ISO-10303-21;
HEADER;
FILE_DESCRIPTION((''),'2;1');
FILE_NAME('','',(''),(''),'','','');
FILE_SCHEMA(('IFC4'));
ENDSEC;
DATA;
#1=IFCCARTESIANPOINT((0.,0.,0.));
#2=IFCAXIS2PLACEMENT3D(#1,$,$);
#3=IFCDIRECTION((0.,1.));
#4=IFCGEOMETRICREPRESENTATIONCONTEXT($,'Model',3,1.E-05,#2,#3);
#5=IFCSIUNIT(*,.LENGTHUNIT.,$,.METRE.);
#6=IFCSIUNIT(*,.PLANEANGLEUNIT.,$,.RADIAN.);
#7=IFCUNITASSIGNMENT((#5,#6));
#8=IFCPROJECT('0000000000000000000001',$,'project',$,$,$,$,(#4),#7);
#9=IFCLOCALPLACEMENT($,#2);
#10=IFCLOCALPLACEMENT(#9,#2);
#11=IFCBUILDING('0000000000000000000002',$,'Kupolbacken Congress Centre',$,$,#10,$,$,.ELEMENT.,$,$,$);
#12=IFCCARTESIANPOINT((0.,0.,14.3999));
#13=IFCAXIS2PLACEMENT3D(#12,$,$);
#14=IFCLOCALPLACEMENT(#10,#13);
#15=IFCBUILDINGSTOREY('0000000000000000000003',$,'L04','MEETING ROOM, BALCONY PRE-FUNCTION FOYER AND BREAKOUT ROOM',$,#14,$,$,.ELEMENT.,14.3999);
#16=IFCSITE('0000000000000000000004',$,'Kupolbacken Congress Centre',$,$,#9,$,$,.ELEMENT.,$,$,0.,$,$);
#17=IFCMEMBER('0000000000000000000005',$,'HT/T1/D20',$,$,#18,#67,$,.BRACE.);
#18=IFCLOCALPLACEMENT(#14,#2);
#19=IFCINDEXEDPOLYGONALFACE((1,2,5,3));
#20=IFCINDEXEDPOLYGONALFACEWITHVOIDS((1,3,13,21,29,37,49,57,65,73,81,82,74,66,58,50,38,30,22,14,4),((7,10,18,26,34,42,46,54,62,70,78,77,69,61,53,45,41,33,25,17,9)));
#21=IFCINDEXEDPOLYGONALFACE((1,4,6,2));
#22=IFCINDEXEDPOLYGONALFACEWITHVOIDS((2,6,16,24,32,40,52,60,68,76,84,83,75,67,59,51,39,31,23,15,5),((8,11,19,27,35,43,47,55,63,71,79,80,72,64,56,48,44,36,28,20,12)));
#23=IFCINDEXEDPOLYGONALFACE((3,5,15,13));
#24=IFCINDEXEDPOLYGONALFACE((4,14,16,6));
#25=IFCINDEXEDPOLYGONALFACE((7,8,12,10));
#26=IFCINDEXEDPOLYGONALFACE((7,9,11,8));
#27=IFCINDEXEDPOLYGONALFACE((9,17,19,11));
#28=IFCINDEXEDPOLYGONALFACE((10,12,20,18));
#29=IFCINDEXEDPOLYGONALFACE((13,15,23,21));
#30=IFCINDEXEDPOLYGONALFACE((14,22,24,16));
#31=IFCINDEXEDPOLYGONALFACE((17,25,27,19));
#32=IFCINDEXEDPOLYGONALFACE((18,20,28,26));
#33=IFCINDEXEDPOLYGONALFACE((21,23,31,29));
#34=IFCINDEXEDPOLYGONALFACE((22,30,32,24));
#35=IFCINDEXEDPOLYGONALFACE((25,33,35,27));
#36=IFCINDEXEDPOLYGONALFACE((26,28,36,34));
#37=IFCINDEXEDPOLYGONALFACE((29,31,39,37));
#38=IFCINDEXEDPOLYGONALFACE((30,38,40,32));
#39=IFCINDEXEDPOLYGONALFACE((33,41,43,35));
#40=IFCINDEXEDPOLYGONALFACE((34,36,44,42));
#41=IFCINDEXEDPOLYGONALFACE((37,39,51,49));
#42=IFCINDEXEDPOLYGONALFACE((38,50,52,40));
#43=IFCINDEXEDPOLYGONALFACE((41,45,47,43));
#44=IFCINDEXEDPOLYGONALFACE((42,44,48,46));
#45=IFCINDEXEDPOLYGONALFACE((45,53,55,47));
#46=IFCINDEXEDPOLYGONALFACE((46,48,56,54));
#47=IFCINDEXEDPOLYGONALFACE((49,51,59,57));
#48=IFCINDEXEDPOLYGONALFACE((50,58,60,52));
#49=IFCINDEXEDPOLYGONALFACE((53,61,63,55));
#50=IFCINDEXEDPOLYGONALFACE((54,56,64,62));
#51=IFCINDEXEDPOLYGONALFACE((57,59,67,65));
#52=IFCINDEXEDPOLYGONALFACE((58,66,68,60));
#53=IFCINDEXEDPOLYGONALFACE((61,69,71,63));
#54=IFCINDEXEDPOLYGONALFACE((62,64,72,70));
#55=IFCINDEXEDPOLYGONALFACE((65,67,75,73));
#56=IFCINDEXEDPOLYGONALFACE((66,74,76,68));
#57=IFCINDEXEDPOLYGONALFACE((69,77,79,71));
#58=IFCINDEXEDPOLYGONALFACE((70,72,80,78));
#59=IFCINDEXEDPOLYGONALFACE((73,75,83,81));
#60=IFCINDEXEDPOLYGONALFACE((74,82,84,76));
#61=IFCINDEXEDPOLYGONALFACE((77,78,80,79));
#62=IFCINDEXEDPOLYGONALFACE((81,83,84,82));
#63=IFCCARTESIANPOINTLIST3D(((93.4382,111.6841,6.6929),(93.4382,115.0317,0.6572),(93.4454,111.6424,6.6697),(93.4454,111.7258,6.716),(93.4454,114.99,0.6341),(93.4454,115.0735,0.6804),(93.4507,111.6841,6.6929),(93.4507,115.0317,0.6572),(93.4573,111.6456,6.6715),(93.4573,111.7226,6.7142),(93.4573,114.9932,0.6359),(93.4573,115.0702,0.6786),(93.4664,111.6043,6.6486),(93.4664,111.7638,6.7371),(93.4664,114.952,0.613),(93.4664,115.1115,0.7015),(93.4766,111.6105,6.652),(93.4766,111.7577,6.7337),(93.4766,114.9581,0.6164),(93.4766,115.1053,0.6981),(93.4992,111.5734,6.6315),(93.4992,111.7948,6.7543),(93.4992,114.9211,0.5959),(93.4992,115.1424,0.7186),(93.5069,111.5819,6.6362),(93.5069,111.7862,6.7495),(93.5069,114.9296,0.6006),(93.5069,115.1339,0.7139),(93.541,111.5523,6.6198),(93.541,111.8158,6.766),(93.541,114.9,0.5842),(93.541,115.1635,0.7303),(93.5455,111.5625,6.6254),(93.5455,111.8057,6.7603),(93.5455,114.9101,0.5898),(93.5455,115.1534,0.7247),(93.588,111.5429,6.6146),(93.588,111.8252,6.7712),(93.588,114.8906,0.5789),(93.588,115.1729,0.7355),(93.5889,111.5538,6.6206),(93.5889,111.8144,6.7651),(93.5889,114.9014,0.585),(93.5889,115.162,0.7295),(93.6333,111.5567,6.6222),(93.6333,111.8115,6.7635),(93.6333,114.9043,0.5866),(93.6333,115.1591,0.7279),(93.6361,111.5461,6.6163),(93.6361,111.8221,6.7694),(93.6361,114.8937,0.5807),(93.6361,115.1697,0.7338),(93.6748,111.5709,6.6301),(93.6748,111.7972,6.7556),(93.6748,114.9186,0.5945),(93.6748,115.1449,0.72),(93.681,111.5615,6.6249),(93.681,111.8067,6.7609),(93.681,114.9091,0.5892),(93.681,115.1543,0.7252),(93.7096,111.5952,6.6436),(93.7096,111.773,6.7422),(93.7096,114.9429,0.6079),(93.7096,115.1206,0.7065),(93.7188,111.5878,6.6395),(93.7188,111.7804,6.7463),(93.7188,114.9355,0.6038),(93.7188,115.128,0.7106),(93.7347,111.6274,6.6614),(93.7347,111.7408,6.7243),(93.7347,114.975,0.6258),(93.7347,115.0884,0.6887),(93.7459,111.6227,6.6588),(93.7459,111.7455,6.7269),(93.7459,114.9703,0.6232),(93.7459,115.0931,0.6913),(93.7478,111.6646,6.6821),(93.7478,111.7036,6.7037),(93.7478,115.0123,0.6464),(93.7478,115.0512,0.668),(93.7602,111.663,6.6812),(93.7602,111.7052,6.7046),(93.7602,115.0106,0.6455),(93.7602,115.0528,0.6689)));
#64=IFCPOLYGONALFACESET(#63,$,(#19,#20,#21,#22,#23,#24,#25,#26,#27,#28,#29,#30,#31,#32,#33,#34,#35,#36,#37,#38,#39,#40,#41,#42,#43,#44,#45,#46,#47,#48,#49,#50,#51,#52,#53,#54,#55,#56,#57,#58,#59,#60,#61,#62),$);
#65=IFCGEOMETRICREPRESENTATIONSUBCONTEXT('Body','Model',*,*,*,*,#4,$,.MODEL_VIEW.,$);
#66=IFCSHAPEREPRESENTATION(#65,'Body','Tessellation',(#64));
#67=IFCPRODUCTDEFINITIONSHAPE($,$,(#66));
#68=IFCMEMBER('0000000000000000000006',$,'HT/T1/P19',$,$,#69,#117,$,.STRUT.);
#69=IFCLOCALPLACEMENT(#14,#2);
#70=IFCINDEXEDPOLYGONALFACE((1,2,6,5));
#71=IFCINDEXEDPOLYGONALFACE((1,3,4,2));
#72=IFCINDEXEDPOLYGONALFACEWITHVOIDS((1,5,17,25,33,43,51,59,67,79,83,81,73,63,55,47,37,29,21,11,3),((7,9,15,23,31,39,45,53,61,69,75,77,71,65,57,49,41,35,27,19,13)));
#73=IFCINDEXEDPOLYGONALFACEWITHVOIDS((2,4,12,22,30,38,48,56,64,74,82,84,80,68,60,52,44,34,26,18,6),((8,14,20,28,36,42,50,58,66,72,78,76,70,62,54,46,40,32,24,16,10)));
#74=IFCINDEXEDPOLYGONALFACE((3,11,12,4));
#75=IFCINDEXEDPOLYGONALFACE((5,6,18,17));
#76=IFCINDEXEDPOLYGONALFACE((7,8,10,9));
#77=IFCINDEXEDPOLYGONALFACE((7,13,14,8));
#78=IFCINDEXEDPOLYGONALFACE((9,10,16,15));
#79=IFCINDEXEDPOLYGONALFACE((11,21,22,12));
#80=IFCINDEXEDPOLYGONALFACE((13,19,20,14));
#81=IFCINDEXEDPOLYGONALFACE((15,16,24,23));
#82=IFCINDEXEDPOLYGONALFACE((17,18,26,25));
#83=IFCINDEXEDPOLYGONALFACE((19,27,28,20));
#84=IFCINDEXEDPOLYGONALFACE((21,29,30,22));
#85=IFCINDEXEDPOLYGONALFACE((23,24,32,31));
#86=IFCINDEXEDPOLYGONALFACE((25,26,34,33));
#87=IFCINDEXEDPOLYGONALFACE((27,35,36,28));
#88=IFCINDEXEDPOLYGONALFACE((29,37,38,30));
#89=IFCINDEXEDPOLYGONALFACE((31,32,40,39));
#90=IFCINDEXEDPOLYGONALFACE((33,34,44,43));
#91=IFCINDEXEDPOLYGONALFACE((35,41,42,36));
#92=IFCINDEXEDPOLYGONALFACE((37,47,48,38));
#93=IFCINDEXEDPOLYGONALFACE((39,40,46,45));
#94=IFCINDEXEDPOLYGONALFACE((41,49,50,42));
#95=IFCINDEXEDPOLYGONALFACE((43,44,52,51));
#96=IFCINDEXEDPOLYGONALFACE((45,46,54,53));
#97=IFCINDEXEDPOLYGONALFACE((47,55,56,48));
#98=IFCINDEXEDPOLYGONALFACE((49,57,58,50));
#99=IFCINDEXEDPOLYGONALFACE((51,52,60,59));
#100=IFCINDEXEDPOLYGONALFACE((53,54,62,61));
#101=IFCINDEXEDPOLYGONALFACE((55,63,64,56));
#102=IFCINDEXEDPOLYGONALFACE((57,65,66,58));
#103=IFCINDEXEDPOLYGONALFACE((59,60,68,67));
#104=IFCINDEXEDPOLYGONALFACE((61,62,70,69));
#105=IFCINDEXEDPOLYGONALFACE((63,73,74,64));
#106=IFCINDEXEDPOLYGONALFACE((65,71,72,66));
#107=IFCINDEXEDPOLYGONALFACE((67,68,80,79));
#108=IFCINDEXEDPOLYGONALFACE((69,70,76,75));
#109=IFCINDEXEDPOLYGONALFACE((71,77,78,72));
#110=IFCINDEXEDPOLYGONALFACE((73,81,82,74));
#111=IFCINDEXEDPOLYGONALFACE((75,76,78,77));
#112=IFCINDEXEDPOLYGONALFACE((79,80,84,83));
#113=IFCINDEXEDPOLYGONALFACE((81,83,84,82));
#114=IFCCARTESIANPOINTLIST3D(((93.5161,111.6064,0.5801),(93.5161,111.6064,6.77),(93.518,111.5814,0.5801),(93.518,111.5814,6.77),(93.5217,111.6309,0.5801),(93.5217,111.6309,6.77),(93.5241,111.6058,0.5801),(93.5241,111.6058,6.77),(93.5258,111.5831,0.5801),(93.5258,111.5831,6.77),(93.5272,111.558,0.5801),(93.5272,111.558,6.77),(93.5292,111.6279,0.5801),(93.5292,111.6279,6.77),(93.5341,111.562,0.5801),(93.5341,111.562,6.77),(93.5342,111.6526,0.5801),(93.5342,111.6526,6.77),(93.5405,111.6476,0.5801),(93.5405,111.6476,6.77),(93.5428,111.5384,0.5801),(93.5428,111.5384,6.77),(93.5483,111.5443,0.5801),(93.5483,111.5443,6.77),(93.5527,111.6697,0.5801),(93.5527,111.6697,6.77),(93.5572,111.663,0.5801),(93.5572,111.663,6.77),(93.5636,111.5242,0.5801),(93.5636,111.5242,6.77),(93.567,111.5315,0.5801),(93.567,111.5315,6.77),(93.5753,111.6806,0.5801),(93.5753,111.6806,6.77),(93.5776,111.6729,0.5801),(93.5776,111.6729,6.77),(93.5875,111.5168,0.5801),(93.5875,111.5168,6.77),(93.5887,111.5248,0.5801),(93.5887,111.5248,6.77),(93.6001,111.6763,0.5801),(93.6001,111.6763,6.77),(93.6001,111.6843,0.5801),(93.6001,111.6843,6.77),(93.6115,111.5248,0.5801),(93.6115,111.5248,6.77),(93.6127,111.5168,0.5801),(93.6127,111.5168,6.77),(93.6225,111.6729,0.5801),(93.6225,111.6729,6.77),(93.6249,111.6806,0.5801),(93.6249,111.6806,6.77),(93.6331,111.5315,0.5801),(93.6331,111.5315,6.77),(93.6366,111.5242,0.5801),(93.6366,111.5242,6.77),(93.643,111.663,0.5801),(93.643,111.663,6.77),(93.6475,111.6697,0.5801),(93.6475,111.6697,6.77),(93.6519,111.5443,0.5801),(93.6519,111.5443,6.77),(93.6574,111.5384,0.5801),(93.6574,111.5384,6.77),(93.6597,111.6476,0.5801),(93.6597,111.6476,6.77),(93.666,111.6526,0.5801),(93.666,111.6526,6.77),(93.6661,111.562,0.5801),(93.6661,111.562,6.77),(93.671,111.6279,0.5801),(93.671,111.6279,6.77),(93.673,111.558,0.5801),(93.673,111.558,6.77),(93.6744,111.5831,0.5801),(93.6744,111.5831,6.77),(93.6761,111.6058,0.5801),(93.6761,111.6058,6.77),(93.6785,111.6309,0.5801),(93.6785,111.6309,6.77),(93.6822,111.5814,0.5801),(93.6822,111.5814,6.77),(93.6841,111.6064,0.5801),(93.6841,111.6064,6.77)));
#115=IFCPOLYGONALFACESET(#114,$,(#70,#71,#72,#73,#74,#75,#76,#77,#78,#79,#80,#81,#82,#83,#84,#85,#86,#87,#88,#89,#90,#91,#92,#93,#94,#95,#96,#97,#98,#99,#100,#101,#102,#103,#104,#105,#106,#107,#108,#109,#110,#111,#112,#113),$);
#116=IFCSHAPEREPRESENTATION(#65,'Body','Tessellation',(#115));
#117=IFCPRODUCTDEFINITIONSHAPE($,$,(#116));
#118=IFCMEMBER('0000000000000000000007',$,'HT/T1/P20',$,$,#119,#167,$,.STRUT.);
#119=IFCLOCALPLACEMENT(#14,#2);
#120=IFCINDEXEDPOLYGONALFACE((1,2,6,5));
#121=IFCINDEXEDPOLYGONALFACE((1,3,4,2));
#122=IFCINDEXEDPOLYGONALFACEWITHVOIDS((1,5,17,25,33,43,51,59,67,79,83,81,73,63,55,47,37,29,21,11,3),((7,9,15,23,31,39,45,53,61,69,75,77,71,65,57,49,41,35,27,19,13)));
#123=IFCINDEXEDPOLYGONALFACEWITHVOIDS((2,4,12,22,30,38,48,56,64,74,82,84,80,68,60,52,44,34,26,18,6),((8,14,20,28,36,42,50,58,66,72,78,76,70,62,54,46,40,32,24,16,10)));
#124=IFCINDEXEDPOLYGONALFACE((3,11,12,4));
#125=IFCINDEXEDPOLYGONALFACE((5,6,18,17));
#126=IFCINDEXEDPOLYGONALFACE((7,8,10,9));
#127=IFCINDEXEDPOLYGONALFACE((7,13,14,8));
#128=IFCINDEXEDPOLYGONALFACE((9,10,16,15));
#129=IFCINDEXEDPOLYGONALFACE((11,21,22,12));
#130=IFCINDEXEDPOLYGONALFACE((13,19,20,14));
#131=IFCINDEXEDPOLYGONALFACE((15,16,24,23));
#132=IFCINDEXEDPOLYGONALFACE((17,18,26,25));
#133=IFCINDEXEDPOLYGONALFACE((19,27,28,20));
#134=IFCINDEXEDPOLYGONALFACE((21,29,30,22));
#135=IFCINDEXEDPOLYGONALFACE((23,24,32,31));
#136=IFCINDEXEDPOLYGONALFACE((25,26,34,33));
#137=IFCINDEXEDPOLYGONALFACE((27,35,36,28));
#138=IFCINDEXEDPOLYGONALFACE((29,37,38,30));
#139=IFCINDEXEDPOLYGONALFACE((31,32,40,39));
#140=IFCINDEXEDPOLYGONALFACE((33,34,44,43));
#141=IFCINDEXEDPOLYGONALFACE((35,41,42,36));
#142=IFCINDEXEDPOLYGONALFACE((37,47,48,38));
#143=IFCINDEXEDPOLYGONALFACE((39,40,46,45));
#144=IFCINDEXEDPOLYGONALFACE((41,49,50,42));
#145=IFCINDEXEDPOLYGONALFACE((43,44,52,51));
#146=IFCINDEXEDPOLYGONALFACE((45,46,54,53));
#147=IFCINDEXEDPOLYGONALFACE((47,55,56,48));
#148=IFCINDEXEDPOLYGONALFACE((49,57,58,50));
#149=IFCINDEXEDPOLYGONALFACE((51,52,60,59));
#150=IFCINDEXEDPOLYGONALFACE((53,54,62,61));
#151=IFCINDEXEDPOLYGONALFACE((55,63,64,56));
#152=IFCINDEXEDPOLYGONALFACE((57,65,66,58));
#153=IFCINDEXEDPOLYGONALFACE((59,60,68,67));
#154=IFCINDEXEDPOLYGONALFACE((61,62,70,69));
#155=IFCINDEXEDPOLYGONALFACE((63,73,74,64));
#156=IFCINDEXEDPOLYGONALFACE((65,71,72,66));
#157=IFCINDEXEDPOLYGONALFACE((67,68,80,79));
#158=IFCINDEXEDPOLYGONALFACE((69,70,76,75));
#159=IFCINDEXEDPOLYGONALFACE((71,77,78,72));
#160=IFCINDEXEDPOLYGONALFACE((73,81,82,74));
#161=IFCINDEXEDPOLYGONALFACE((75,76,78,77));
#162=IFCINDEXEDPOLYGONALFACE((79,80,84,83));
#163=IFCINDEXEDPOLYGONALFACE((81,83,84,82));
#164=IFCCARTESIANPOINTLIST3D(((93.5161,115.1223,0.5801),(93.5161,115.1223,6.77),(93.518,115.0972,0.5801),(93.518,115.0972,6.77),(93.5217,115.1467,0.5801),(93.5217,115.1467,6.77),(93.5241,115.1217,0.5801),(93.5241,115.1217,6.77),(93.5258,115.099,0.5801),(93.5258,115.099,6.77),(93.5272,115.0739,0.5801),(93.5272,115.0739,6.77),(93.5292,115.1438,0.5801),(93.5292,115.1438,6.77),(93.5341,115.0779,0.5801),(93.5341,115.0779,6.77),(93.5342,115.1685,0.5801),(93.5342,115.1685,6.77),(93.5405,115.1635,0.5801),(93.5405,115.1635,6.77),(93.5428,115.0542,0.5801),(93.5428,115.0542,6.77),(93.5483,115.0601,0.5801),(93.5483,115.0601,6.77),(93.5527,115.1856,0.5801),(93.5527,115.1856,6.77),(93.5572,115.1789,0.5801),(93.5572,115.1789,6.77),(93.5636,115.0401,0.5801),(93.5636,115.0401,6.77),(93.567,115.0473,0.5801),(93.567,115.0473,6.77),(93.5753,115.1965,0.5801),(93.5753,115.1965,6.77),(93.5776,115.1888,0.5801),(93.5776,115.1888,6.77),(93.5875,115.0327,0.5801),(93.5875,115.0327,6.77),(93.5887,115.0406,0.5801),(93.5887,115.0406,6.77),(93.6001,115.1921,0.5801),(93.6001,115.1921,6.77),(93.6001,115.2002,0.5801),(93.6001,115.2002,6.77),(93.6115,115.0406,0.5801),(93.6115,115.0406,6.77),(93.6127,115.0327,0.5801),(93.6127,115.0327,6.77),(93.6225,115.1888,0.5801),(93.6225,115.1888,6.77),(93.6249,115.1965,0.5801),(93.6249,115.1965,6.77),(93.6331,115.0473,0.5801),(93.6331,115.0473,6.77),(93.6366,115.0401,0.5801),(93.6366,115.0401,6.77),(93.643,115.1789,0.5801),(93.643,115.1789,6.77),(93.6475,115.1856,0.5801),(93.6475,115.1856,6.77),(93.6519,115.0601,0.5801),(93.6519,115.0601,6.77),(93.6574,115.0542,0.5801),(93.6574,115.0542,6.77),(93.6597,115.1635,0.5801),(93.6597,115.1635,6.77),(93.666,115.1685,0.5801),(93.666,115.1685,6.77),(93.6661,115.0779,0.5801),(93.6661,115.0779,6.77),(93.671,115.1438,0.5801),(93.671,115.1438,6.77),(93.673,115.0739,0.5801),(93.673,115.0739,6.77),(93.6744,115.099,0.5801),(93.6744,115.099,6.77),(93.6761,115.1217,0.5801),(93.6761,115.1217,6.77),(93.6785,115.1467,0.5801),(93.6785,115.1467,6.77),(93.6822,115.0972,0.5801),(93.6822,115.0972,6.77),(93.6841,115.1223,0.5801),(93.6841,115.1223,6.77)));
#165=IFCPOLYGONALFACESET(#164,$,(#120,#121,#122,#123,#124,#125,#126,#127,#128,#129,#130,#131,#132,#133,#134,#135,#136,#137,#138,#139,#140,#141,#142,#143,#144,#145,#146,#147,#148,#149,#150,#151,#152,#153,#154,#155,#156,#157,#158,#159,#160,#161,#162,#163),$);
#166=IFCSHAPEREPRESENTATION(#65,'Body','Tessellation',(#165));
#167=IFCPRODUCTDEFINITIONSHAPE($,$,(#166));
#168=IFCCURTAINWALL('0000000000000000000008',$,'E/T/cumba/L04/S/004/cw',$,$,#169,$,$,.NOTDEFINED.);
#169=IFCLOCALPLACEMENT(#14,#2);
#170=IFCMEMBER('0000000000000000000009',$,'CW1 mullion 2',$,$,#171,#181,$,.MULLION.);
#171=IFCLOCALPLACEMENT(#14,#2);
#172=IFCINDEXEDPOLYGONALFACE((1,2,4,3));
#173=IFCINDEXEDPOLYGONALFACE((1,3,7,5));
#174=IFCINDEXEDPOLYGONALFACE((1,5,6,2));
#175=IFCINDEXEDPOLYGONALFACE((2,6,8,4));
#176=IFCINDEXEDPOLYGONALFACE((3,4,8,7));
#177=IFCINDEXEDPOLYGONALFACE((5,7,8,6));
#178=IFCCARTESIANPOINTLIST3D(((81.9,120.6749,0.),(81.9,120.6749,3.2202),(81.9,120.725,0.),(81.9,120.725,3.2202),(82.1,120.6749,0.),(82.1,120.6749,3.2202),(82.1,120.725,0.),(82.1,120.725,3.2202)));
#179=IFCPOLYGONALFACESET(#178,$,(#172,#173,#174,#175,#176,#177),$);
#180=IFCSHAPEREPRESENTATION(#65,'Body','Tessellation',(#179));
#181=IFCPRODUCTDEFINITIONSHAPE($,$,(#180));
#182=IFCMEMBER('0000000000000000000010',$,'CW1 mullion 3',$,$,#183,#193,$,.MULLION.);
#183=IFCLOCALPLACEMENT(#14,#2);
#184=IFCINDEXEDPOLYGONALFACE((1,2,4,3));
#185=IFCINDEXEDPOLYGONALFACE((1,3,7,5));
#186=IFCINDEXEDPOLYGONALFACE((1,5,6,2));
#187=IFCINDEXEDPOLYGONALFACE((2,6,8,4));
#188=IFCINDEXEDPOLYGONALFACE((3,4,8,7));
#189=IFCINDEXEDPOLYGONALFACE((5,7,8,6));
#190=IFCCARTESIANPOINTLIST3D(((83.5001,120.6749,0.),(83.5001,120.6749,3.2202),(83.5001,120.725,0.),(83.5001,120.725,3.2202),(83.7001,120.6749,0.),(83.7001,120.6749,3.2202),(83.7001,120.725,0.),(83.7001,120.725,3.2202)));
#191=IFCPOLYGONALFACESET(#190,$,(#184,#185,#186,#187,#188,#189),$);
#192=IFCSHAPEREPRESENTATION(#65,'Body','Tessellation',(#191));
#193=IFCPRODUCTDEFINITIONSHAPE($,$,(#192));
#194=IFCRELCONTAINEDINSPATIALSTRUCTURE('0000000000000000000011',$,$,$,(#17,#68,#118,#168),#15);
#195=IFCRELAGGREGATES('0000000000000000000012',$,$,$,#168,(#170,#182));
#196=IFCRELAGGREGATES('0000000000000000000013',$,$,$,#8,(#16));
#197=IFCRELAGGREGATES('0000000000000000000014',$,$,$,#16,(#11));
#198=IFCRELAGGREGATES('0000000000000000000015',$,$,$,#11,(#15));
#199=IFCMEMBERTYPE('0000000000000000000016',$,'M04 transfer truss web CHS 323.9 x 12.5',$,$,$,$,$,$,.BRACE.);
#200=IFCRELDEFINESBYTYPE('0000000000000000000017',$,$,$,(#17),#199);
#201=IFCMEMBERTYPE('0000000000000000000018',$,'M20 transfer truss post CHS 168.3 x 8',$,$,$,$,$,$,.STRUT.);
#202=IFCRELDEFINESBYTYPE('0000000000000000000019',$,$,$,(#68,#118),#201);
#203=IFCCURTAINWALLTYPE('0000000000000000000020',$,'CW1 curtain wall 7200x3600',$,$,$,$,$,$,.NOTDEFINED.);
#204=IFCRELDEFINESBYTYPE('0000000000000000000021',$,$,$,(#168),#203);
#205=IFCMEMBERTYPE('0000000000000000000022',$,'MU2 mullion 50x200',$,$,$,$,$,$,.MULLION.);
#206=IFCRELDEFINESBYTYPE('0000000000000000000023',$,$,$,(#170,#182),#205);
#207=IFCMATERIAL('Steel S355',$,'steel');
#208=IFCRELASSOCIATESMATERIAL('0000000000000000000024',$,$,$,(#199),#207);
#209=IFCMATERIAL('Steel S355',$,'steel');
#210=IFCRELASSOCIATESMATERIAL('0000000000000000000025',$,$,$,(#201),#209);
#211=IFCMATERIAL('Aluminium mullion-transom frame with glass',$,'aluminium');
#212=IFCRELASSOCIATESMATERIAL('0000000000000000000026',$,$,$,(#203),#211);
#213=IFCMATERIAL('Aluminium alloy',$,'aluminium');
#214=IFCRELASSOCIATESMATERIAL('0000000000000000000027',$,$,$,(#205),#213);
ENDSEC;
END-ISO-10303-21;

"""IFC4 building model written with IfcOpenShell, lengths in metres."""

from ifc_helpers import new_model, si_unit, direction, frame, origin, origin_2d, place, context, subcontext, project, spatial, rectangle, hollow_circle, extrude, material, material_profile, profile_set, type_object, element, aggregate, save


model = new_model("IFC4")

# Units and contexts
model_context = context("Model", 3, precision=1e-05, world=origin(), true_north=direction((0.0, 1.0)))
body_context = subcontext(model_context, "Body", "Model", "MODEL_VIEW")
ifc_project = project(units=[si_unit("LENGTHUNIT", "METRE"), si_unit("PLANEANGLEUNIT", "RADIAN")], contexts=[model_context])

# Site, building, storey
site_placement = place(None, origin())
site = spatial("IfcSite", under=ifc_project, at=site_placement, Name="Kupolbacken Congress Centre", CompositionType="ELEMENT", RefElevation=0.0)
building_placement = place(site_placement, origin())
building = spatial("IfcBuilding", under=site, at=building_placement, Name="Kupolbacken Congress Centre", CompositionType="ELEMENT")
storey_placement = place(building_placement, frame((0.0, 0.0, 14.3999)))
storey = spatial("IfcBuildingStorey", under=building, at=storey_placement, Name="L04", Description="MEETING ROOM, BALCONY PRE-FUNCTION FOYER AND BREAKOUT ROOM", CompositionType="ELEMENT", Elevation=14.3999)

# Members
ifc_material_1 = material(Name="Steel S355", Category="steel")
ifc_material_profile_1 = material_profile(ifc_material_1, hollow_circle(Radius=0.1619, WallThickness=0.0125, at=origin_2d()), Name="CHS 323.9 x 12.5")
ifc_profile_set_1 = profile_set([ifc_material_profile_1], Name="Steel S355")
member_type_1 = type_object("IfcMemberType", Name="M04 transfer truss web CHS 323.9 x 12.5", PredefinedType="BRACE", material=ifc_profile_set_1)
member_1_placement = place(storey_placement, frame((93.6001, 111.6841, 6.6929), z_axis=(0.0, 0.485036, -0.874494), x_axis=(-1.0, 0.0, 0.0)))
element("IfcMember", 1, at=member_1_placement, inside=storey, type_object=member_type_1, Name="HT/T1/D20", PredefinedType="BRACE", context=body_context, shape_type="SweptSolid", body=[
    extrude(hollow_circle(Radius=0.1619, WallThickness=0.0125, at=origin_2d()), origin(), (0.0, 0.0, 1.0), 6.9019),
])
ifc_material_2 = material(Name="Steel S355", Category="steel")
ifc_material_profile_2 = material_profile(ifc_material_2, hollow_circle(Radius=0.0842, WallThickness=0.0081, at=origin_2d()), Name="CHS 168.3 x 8")
ifc_profile_set_2 = profile_set([ifc_material_profile_2], Name="Steel S355")
member_type_2 = type_object("IfcMemberType", Name="M20 transfer truss post CHS 168.3 x 8", PredefinedType="STRUT", material=ifc_profile_set_2)
for number, where, z_axis, x_axis, name in (
    (2, (93.6001, 111.6001, 0.5801), (0.0, 0.0, 1.0), (0.0, 1.0, 0.0), "HT/T1/P19"),
    (3, (93.6001, 115.116, 0.5801), (0.0, 0.0, 1.0), (0.0, 1.0, 0.0), "HT/T1/P20"),
):
    element("IfcMember", number, at=place(storey_placement, frame(where, z_axis=z_axis, x_axis=x_axis)), inside=storey, type_object=member_type_2, Name=name, PredefinedType="STRUT", context=body_context, shape_type="SweptSolid", body=[
        extrude(hollow_circle(Radius=0.0842, WallThickness=0.0081, at=origin_2d()), origin(), (0.0, 0.0, 1.0), 6.1899),
    ])

# Curtain wall, members
ifc_material_3 = material(Name="Aluminium mullion-transom frame with glass", Category="aluminium")
curtain_wall_type = type_object("IfcCurtainWallType", Name="CW1 curtain wall 7200x3600", PredefinedType="NOTDEFINED", material=ifc_material_3)
curtain_wall_placement = place(storey_placement, origin())
curtain_wall = element("IfcCurtainWall", 4, at=curtain_wall_placement, inside=storey, type_object=curtain_wall_type, Name="E/T/cumba/L04/S/004/cw", PredefinedType="NOTDEFINED")
ifc_material_4 = material(Name="Aluminium alloy", Category="aluminium")
ifc_material_profile_3 = material_profile(ifc_material_4, rectangle(XDim=0.05, YDim=0.2, at=origin_2d()), Name="50 x 200")
ifc_profile_set_3 = profile_set([ifc_material_profile_3], Name="Aluminium alloy")
member_type_3 = type_object("IfcMemberType", Name="MU2 mullion 50x200", PredefinedType="MULLION", material=ifc_profile_set_3)
member_2_placement = place(storey_placement, frame((82.0, 120.7, 0.0), z_axis=(0.0, 0.0, 1.0), x_axis=(0.0, 1.0, 0.0)))
member_2 = element("IfcMember", 5, at=member_2_placement, type_object=member_type_3, Name="CW1 mullion 2", PredefinedType="MULLION", context=body_context, shape_type="SweptSolid", body=[
    extrude(rectangle(XDim=0.05, YDim=0.2, at=origin_2d()), origin(), (0.0, 0.0, 1.0), 3.2202),
])
member_3_placement = place(storey_placement, frame((83.6001, 120.7, 0.0), z_axis=(0.0, 0.0, 1.0), x_axis=(0.0, 1.0, 0.0)))
member_3 = element("IfcMember", 6, at=member_3_placement, type_object=member_type_3, Name="CW1 mullion 3", PredefinedType="MULLION", context=body_context, shape_type="SweptSolid", body=[
    extrude(rectangle(XDim=0.05, YDim=0.2, at=origin_2d()), origin(), (0.0, 0.0, 1.0), 3.2202),
])
aggregate(curtain_wall, [member_2, member_3])

save(model, "model.ifc")
